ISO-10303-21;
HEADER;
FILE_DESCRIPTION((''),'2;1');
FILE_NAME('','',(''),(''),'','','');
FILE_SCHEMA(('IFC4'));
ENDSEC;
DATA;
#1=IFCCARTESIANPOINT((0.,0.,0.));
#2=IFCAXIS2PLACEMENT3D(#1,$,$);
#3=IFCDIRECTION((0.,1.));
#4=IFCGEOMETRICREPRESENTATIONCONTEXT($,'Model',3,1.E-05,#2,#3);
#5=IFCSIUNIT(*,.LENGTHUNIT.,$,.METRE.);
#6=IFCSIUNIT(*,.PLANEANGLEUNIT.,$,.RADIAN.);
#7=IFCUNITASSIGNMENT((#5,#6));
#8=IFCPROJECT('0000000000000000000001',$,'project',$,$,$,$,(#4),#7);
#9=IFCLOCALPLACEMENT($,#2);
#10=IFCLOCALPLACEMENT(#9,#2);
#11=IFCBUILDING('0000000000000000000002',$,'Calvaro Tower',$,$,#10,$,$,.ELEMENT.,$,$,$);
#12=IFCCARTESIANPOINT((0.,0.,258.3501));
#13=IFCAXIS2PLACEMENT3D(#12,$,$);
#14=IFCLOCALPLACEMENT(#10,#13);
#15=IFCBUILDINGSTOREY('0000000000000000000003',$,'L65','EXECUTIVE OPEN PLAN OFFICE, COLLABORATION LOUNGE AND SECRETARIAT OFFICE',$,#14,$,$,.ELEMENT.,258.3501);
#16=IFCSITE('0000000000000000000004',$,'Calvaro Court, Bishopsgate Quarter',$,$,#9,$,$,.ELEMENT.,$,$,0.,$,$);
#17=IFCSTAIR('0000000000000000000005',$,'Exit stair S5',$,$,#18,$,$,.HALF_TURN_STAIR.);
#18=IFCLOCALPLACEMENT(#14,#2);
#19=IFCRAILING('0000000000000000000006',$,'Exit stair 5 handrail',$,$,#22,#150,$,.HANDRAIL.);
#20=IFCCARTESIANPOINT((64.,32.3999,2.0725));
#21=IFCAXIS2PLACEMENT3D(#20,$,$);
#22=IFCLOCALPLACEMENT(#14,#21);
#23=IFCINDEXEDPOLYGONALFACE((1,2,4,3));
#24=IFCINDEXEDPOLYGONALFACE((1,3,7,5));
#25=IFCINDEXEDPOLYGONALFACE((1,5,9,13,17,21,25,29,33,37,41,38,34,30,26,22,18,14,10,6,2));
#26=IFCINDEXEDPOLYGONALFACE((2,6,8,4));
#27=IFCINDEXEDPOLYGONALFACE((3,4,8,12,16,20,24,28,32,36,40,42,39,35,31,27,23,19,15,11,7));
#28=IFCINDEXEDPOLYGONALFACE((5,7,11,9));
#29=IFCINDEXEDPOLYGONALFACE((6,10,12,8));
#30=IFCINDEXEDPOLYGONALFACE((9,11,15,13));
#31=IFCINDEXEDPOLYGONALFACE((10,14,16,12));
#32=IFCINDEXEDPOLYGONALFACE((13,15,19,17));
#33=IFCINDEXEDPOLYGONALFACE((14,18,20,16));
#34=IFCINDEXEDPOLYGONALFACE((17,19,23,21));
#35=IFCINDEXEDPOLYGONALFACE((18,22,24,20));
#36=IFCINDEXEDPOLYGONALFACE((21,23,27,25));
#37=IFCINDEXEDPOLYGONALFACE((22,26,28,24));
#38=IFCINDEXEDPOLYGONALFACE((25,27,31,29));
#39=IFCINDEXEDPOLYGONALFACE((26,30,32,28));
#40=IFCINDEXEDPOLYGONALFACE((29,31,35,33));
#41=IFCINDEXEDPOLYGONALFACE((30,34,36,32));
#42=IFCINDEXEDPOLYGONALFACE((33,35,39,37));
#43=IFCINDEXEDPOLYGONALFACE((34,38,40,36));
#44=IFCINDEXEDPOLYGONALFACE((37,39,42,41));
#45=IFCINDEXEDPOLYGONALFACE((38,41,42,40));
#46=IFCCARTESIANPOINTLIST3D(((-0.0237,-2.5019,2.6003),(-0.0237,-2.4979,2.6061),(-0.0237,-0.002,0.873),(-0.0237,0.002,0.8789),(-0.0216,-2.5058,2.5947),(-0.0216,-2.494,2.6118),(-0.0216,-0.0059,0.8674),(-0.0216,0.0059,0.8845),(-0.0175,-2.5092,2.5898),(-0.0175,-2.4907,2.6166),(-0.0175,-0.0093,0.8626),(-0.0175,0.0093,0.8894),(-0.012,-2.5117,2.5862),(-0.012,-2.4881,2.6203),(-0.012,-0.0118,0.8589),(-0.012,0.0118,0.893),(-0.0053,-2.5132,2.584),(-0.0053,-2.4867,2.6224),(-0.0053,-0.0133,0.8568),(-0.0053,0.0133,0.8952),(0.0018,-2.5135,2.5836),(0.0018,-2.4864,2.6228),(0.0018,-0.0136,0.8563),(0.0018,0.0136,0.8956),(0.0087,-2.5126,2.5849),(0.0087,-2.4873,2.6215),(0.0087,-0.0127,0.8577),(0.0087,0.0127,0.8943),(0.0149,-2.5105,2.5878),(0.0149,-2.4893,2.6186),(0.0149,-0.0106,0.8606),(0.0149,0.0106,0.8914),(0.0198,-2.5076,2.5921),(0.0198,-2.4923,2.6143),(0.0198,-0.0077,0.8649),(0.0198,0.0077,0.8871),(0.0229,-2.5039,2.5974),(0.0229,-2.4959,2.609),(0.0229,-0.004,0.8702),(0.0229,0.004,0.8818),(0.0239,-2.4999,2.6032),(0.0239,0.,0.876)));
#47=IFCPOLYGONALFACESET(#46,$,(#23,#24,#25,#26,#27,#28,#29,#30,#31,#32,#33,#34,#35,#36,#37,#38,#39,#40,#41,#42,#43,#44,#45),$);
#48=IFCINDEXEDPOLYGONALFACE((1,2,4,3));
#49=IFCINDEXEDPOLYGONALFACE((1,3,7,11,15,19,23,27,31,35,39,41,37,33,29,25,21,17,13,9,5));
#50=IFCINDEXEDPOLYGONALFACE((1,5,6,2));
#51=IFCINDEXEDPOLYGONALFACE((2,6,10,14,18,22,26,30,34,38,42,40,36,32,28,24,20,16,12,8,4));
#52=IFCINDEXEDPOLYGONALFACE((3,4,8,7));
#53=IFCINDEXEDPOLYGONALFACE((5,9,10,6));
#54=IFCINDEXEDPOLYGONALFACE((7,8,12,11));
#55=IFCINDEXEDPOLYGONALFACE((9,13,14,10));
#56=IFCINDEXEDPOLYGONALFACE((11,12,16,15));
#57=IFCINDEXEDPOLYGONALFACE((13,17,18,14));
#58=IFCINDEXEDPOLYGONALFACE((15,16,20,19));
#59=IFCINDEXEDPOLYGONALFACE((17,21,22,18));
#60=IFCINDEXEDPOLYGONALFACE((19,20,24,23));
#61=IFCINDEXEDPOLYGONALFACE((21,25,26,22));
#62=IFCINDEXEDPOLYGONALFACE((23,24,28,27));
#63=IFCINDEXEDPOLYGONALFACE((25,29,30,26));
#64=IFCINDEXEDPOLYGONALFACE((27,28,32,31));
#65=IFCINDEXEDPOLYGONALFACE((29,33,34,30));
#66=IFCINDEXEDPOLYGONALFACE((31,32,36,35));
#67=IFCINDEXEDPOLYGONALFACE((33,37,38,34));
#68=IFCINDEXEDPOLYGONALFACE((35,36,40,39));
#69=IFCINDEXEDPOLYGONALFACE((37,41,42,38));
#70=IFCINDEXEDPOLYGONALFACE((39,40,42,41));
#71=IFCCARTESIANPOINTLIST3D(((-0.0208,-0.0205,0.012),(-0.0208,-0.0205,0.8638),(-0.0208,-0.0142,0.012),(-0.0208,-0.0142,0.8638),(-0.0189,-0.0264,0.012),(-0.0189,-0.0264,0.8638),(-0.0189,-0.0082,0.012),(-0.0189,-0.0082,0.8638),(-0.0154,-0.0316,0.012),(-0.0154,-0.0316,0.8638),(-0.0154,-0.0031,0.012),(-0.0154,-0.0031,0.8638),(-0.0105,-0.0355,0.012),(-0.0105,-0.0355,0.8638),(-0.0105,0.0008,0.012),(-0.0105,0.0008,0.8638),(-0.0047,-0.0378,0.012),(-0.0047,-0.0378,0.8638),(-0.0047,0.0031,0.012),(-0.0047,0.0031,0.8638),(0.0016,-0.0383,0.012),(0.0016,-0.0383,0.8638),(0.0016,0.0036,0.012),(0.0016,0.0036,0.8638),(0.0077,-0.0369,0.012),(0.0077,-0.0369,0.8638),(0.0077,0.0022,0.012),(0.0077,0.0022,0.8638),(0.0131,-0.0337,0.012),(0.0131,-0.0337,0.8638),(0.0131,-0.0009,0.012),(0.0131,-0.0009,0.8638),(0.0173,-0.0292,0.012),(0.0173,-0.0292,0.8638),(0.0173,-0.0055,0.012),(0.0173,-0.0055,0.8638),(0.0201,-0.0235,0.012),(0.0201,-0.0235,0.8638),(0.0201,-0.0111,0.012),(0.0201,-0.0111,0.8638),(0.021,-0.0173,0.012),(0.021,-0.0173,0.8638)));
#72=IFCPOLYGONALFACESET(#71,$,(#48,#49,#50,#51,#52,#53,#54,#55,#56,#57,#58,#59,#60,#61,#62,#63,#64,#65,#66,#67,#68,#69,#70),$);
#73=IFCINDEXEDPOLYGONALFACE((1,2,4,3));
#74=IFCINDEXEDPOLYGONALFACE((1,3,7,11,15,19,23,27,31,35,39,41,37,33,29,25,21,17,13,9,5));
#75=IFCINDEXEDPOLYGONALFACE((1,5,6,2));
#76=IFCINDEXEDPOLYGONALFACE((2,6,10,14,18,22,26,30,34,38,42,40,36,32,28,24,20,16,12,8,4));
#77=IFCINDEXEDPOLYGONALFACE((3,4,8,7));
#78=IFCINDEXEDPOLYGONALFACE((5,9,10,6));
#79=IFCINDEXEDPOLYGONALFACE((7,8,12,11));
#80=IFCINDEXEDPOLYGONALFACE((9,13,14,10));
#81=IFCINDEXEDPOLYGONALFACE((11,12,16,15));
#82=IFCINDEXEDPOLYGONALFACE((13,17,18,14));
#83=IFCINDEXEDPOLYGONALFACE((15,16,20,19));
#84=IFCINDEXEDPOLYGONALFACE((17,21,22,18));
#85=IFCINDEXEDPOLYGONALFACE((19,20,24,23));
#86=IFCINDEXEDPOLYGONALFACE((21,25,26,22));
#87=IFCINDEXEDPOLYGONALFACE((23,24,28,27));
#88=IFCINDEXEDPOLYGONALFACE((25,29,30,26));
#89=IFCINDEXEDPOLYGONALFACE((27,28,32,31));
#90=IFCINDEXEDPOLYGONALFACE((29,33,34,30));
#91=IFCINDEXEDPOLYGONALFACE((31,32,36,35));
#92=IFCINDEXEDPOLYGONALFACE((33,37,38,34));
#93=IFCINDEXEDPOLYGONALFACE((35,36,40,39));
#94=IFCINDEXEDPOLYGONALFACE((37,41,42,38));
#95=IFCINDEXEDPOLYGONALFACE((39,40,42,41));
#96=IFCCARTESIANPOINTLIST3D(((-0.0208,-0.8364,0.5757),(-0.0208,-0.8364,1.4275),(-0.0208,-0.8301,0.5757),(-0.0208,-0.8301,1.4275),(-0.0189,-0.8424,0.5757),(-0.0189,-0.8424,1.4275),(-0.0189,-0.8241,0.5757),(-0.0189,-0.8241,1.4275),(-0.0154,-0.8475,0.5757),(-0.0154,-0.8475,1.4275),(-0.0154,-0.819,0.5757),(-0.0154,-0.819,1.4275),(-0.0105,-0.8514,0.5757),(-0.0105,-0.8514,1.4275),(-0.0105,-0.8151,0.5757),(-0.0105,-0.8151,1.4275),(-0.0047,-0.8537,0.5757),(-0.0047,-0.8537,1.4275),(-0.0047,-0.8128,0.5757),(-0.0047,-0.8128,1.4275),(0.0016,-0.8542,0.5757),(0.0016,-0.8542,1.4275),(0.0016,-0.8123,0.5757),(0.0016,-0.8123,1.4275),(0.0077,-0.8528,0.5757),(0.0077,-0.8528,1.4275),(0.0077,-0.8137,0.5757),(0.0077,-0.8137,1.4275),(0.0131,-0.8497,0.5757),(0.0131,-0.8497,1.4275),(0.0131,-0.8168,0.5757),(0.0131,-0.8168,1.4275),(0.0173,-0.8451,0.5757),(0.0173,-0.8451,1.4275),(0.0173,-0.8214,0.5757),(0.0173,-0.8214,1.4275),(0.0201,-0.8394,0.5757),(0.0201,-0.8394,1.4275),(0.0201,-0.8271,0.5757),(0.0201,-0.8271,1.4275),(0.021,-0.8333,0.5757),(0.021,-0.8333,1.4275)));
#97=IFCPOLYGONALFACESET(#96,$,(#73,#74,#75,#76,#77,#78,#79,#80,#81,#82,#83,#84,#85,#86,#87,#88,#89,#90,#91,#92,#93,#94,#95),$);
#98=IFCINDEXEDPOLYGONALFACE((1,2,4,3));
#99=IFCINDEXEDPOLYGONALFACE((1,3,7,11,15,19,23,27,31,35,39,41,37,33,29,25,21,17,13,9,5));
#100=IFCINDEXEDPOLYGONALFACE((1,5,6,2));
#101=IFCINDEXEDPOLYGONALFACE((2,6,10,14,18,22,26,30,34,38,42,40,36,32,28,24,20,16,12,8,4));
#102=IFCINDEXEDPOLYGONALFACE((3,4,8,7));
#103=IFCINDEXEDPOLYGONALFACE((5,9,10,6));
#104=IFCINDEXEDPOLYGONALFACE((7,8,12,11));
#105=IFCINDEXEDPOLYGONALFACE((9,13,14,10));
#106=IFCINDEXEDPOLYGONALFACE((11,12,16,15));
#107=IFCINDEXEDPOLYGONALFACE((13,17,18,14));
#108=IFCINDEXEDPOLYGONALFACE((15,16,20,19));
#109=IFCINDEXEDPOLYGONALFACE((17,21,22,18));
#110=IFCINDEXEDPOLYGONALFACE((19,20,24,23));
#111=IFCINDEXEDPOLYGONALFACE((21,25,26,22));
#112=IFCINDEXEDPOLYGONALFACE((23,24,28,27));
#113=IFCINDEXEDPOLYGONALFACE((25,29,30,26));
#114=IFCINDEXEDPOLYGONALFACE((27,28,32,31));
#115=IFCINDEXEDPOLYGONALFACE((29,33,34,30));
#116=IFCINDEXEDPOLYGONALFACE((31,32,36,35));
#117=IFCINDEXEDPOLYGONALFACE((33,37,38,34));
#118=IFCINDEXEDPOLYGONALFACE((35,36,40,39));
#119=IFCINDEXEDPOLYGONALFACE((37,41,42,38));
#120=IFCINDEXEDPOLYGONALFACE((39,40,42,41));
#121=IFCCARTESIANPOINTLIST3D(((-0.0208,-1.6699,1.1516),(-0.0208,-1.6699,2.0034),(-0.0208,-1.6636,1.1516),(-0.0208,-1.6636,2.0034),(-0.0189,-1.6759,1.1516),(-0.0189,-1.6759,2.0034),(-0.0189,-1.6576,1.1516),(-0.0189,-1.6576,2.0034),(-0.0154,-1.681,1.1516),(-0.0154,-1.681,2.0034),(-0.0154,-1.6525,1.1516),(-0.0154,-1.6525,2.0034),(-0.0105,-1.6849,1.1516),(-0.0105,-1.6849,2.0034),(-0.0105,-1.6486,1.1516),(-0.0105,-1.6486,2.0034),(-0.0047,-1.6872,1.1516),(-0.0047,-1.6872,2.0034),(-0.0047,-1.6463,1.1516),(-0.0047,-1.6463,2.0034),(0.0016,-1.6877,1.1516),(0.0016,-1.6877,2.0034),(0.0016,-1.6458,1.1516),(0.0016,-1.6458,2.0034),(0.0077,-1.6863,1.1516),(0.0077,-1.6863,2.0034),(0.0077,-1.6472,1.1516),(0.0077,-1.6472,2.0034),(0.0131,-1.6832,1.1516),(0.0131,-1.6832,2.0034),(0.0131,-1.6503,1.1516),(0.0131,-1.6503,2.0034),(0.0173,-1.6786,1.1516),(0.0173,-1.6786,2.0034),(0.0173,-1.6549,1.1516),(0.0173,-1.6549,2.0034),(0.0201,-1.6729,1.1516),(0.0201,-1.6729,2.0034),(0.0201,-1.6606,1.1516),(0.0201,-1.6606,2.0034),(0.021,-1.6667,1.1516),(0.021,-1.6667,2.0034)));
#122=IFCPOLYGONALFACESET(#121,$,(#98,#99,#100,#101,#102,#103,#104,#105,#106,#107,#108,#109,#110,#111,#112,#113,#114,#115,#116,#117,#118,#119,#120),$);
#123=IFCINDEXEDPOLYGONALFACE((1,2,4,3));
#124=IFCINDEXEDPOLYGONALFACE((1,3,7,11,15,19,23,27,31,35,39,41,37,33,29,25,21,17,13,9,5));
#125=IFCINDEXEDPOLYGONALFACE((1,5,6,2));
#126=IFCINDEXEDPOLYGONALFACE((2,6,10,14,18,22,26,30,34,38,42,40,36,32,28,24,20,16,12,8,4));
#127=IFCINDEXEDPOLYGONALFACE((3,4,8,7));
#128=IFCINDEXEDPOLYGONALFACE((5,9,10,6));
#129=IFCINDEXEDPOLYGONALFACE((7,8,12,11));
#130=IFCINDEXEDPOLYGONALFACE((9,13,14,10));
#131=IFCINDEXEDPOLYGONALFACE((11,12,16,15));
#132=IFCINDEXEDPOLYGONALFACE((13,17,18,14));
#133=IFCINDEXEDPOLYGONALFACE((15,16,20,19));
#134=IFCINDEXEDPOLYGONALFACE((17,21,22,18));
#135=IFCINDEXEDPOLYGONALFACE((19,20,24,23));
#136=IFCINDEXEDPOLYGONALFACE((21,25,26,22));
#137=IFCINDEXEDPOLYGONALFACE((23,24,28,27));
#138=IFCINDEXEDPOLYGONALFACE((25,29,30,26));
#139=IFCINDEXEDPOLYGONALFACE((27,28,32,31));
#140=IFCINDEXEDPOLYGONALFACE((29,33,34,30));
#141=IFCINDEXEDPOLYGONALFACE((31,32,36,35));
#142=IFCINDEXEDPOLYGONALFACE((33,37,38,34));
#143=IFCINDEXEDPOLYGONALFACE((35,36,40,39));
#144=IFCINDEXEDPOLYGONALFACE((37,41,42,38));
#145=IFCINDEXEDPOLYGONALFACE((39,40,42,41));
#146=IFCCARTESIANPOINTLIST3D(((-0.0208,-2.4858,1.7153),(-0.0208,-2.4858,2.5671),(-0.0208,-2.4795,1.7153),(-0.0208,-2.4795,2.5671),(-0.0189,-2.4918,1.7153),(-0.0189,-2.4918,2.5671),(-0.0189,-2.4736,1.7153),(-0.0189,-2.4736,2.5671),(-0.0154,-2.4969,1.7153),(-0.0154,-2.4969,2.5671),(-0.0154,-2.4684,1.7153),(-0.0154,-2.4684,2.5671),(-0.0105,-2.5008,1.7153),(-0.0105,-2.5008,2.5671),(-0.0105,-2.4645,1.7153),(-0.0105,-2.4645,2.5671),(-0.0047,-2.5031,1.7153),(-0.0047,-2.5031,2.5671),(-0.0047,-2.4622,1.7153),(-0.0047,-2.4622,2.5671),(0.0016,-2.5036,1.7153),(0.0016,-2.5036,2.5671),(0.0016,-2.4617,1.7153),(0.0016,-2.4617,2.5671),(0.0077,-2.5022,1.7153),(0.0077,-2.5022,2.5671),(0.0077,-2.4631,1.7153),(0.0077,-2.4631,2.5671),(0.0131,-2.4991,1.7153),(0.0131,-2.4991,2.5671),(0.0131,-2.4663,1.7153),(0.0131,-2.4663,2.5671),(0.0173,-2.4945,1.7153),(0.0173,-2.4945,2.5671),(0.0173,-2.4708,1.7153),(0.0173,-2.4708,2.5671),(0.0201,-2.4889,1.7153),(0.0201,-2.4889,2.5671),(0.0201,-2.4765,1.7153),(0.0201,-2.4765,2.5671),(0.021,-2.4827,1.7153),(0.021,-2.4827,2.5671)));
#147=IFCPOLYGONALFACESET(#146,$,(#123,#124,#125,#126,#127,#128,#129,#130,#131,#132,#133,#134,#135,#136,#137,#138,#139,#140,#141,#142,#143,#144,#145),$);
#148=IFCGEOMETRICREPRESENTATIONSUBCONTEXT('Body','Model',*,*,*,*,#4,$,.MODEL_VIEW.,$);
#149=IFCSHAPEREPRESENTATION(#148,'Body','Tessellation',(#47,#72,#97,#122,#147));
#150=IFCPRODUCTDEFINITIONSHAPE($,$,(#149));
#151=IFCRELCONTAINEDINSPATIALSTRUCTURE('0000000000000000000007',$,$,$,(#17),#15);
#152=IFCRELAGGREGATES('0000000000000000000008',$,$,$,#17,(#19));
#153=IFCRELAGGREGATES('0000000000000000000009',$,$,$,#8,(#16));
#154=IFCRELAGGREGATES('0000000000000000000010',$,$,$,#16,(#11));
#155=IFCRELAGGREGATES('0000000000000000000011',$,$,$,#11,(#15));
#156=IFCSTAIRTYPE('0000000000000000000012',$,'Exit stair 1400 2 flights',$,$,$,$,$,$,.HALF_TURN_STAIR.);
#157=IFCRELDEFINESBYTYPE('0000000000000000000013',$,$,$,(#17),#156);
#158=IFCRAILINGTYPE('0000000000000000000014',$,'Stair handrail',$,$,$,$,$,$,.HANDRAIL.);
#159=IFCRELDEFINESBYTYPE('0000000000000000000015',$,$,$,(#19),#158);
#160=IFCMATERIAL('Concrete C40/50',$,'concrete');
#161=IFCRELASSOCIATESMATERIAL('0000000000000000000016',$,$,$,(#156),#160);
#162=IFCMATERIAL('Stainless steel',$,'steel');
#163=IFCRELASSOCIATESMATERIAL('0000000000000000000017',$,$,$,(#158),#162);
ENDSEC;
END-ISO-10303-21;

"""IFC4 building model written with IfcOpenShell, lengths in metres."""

from ifc_helpers import new_model, si_unit, direction, frame, origin, origin_2d, place, context, subcontext, project, spatial, circle, extrude, material, type_object, element, aggregate, save


model = new_model("IFC4")

# Units and contexts
model_context = context("Model", 3, precision=1e-05, world=origin(), true_north=direction((0.0, 1.0)))
body_context = subcontext(model_context, "Body", "Model", "MODEL_VIEW")
ifc_project = project(units=[si_unit("LENGTHUNIT", "METRE"), si_unit("PLANEANGLEUNIT", "RADIAN")], contexts=[model_context])

# Site, building, storey
site_placement = place(None, origin())
site = spatial("IfcSite", under=ifc_project, at=site_placement, Name="Calvaro Court, Bishopsgate Quarter", CompositionType="ELEMENT", RefElevation=0.0)
building_placement = place(site_placement, origin())
building = spatial("IfcBuilding", under=site, at=building_placement, Name="Calvaro Tower", CompositionType="ELEMENT")
storey_placement = place(building_placement, frame((0.0, 0.0, 258.3501)))
storey = spatial("IfcBuildingStorey", under=building, at=storey_placement, Name="L65", Description="EXECUTIVE OPEN PLAN OFFICE, COLLABORATION LOUNGE AND SECRETARIAT OFFICE", CompositionType="ELEMENT", Elevation=258.3501)

# Stair, railing
ifc_material_1 = material(Name="Concrete C40/50", Category="concrete")
stair_type = type_object("IfcStairType", Name="Exit stair 1400 2 flights", PredefinedType="HALF_TURN_STAIR", material=ifc_material_1)
stair_placement = place(storey_placement, origin())
stair = element("IfcStair", 1, at=stair_placement, inside=storey, type_object=stair_type, Name="Exit stair S5", PredefinedType="HALF_TURN_STAIR")
ifc_material_2 = material(Name="Stainless steel", Category="steel")
railing_type = type_object("IfcRailingType", Name="Stair handrail", PredefinedType="HANDRAIL", material=ifc_material_2)
railing_1_placement = place(storey_placement, frame((64.0, 32.3999, 2.0725)))
railing_1 = element("IfcRailing", 2, at=railing_1_placement, type_object=railing_type, Name="Exit stair 5 handrail", PredefinedType="HANDRAIL", context=body_context, shape_type="SweptSolid", body=[
    extrude(circle(Radius=0.0239, at=origin_2d()), frame((0.0, 0.0, 0.876), z_axis=(0.0, -0.822727, 0.568437), x_axis=(1.0, 0.0, 0.0)), (0.0, 0.0, 1.0), 3.0386),
    extrude(circle(Radius=0.021, at=origin_2d()), frame((0.0, -0.0173, 0.012)), (0.0, 0.0, 1.0), 0.8518),
    extrude(circle(Radius=0.021, at=origin_2d()), frame((0.0, -0.8333, 0.5757)), (0.0, 0.0, 1.0), 0.8518),
    extrude(circle(Radius=0.021, at=origin_2d()), frame((0.0, -1.6667, 1.1516)), (0.0, 0.0, 1.0), 0.8518),
    extrude(circle(Radius=0.021, at=origin_2d()), frame((0.0, -2.4827, 1.7153)), (0.0, 0.0, 1.0), 0.8518),
])
aggregate(stair, [railing_1])

save(model, "model.ifc")
